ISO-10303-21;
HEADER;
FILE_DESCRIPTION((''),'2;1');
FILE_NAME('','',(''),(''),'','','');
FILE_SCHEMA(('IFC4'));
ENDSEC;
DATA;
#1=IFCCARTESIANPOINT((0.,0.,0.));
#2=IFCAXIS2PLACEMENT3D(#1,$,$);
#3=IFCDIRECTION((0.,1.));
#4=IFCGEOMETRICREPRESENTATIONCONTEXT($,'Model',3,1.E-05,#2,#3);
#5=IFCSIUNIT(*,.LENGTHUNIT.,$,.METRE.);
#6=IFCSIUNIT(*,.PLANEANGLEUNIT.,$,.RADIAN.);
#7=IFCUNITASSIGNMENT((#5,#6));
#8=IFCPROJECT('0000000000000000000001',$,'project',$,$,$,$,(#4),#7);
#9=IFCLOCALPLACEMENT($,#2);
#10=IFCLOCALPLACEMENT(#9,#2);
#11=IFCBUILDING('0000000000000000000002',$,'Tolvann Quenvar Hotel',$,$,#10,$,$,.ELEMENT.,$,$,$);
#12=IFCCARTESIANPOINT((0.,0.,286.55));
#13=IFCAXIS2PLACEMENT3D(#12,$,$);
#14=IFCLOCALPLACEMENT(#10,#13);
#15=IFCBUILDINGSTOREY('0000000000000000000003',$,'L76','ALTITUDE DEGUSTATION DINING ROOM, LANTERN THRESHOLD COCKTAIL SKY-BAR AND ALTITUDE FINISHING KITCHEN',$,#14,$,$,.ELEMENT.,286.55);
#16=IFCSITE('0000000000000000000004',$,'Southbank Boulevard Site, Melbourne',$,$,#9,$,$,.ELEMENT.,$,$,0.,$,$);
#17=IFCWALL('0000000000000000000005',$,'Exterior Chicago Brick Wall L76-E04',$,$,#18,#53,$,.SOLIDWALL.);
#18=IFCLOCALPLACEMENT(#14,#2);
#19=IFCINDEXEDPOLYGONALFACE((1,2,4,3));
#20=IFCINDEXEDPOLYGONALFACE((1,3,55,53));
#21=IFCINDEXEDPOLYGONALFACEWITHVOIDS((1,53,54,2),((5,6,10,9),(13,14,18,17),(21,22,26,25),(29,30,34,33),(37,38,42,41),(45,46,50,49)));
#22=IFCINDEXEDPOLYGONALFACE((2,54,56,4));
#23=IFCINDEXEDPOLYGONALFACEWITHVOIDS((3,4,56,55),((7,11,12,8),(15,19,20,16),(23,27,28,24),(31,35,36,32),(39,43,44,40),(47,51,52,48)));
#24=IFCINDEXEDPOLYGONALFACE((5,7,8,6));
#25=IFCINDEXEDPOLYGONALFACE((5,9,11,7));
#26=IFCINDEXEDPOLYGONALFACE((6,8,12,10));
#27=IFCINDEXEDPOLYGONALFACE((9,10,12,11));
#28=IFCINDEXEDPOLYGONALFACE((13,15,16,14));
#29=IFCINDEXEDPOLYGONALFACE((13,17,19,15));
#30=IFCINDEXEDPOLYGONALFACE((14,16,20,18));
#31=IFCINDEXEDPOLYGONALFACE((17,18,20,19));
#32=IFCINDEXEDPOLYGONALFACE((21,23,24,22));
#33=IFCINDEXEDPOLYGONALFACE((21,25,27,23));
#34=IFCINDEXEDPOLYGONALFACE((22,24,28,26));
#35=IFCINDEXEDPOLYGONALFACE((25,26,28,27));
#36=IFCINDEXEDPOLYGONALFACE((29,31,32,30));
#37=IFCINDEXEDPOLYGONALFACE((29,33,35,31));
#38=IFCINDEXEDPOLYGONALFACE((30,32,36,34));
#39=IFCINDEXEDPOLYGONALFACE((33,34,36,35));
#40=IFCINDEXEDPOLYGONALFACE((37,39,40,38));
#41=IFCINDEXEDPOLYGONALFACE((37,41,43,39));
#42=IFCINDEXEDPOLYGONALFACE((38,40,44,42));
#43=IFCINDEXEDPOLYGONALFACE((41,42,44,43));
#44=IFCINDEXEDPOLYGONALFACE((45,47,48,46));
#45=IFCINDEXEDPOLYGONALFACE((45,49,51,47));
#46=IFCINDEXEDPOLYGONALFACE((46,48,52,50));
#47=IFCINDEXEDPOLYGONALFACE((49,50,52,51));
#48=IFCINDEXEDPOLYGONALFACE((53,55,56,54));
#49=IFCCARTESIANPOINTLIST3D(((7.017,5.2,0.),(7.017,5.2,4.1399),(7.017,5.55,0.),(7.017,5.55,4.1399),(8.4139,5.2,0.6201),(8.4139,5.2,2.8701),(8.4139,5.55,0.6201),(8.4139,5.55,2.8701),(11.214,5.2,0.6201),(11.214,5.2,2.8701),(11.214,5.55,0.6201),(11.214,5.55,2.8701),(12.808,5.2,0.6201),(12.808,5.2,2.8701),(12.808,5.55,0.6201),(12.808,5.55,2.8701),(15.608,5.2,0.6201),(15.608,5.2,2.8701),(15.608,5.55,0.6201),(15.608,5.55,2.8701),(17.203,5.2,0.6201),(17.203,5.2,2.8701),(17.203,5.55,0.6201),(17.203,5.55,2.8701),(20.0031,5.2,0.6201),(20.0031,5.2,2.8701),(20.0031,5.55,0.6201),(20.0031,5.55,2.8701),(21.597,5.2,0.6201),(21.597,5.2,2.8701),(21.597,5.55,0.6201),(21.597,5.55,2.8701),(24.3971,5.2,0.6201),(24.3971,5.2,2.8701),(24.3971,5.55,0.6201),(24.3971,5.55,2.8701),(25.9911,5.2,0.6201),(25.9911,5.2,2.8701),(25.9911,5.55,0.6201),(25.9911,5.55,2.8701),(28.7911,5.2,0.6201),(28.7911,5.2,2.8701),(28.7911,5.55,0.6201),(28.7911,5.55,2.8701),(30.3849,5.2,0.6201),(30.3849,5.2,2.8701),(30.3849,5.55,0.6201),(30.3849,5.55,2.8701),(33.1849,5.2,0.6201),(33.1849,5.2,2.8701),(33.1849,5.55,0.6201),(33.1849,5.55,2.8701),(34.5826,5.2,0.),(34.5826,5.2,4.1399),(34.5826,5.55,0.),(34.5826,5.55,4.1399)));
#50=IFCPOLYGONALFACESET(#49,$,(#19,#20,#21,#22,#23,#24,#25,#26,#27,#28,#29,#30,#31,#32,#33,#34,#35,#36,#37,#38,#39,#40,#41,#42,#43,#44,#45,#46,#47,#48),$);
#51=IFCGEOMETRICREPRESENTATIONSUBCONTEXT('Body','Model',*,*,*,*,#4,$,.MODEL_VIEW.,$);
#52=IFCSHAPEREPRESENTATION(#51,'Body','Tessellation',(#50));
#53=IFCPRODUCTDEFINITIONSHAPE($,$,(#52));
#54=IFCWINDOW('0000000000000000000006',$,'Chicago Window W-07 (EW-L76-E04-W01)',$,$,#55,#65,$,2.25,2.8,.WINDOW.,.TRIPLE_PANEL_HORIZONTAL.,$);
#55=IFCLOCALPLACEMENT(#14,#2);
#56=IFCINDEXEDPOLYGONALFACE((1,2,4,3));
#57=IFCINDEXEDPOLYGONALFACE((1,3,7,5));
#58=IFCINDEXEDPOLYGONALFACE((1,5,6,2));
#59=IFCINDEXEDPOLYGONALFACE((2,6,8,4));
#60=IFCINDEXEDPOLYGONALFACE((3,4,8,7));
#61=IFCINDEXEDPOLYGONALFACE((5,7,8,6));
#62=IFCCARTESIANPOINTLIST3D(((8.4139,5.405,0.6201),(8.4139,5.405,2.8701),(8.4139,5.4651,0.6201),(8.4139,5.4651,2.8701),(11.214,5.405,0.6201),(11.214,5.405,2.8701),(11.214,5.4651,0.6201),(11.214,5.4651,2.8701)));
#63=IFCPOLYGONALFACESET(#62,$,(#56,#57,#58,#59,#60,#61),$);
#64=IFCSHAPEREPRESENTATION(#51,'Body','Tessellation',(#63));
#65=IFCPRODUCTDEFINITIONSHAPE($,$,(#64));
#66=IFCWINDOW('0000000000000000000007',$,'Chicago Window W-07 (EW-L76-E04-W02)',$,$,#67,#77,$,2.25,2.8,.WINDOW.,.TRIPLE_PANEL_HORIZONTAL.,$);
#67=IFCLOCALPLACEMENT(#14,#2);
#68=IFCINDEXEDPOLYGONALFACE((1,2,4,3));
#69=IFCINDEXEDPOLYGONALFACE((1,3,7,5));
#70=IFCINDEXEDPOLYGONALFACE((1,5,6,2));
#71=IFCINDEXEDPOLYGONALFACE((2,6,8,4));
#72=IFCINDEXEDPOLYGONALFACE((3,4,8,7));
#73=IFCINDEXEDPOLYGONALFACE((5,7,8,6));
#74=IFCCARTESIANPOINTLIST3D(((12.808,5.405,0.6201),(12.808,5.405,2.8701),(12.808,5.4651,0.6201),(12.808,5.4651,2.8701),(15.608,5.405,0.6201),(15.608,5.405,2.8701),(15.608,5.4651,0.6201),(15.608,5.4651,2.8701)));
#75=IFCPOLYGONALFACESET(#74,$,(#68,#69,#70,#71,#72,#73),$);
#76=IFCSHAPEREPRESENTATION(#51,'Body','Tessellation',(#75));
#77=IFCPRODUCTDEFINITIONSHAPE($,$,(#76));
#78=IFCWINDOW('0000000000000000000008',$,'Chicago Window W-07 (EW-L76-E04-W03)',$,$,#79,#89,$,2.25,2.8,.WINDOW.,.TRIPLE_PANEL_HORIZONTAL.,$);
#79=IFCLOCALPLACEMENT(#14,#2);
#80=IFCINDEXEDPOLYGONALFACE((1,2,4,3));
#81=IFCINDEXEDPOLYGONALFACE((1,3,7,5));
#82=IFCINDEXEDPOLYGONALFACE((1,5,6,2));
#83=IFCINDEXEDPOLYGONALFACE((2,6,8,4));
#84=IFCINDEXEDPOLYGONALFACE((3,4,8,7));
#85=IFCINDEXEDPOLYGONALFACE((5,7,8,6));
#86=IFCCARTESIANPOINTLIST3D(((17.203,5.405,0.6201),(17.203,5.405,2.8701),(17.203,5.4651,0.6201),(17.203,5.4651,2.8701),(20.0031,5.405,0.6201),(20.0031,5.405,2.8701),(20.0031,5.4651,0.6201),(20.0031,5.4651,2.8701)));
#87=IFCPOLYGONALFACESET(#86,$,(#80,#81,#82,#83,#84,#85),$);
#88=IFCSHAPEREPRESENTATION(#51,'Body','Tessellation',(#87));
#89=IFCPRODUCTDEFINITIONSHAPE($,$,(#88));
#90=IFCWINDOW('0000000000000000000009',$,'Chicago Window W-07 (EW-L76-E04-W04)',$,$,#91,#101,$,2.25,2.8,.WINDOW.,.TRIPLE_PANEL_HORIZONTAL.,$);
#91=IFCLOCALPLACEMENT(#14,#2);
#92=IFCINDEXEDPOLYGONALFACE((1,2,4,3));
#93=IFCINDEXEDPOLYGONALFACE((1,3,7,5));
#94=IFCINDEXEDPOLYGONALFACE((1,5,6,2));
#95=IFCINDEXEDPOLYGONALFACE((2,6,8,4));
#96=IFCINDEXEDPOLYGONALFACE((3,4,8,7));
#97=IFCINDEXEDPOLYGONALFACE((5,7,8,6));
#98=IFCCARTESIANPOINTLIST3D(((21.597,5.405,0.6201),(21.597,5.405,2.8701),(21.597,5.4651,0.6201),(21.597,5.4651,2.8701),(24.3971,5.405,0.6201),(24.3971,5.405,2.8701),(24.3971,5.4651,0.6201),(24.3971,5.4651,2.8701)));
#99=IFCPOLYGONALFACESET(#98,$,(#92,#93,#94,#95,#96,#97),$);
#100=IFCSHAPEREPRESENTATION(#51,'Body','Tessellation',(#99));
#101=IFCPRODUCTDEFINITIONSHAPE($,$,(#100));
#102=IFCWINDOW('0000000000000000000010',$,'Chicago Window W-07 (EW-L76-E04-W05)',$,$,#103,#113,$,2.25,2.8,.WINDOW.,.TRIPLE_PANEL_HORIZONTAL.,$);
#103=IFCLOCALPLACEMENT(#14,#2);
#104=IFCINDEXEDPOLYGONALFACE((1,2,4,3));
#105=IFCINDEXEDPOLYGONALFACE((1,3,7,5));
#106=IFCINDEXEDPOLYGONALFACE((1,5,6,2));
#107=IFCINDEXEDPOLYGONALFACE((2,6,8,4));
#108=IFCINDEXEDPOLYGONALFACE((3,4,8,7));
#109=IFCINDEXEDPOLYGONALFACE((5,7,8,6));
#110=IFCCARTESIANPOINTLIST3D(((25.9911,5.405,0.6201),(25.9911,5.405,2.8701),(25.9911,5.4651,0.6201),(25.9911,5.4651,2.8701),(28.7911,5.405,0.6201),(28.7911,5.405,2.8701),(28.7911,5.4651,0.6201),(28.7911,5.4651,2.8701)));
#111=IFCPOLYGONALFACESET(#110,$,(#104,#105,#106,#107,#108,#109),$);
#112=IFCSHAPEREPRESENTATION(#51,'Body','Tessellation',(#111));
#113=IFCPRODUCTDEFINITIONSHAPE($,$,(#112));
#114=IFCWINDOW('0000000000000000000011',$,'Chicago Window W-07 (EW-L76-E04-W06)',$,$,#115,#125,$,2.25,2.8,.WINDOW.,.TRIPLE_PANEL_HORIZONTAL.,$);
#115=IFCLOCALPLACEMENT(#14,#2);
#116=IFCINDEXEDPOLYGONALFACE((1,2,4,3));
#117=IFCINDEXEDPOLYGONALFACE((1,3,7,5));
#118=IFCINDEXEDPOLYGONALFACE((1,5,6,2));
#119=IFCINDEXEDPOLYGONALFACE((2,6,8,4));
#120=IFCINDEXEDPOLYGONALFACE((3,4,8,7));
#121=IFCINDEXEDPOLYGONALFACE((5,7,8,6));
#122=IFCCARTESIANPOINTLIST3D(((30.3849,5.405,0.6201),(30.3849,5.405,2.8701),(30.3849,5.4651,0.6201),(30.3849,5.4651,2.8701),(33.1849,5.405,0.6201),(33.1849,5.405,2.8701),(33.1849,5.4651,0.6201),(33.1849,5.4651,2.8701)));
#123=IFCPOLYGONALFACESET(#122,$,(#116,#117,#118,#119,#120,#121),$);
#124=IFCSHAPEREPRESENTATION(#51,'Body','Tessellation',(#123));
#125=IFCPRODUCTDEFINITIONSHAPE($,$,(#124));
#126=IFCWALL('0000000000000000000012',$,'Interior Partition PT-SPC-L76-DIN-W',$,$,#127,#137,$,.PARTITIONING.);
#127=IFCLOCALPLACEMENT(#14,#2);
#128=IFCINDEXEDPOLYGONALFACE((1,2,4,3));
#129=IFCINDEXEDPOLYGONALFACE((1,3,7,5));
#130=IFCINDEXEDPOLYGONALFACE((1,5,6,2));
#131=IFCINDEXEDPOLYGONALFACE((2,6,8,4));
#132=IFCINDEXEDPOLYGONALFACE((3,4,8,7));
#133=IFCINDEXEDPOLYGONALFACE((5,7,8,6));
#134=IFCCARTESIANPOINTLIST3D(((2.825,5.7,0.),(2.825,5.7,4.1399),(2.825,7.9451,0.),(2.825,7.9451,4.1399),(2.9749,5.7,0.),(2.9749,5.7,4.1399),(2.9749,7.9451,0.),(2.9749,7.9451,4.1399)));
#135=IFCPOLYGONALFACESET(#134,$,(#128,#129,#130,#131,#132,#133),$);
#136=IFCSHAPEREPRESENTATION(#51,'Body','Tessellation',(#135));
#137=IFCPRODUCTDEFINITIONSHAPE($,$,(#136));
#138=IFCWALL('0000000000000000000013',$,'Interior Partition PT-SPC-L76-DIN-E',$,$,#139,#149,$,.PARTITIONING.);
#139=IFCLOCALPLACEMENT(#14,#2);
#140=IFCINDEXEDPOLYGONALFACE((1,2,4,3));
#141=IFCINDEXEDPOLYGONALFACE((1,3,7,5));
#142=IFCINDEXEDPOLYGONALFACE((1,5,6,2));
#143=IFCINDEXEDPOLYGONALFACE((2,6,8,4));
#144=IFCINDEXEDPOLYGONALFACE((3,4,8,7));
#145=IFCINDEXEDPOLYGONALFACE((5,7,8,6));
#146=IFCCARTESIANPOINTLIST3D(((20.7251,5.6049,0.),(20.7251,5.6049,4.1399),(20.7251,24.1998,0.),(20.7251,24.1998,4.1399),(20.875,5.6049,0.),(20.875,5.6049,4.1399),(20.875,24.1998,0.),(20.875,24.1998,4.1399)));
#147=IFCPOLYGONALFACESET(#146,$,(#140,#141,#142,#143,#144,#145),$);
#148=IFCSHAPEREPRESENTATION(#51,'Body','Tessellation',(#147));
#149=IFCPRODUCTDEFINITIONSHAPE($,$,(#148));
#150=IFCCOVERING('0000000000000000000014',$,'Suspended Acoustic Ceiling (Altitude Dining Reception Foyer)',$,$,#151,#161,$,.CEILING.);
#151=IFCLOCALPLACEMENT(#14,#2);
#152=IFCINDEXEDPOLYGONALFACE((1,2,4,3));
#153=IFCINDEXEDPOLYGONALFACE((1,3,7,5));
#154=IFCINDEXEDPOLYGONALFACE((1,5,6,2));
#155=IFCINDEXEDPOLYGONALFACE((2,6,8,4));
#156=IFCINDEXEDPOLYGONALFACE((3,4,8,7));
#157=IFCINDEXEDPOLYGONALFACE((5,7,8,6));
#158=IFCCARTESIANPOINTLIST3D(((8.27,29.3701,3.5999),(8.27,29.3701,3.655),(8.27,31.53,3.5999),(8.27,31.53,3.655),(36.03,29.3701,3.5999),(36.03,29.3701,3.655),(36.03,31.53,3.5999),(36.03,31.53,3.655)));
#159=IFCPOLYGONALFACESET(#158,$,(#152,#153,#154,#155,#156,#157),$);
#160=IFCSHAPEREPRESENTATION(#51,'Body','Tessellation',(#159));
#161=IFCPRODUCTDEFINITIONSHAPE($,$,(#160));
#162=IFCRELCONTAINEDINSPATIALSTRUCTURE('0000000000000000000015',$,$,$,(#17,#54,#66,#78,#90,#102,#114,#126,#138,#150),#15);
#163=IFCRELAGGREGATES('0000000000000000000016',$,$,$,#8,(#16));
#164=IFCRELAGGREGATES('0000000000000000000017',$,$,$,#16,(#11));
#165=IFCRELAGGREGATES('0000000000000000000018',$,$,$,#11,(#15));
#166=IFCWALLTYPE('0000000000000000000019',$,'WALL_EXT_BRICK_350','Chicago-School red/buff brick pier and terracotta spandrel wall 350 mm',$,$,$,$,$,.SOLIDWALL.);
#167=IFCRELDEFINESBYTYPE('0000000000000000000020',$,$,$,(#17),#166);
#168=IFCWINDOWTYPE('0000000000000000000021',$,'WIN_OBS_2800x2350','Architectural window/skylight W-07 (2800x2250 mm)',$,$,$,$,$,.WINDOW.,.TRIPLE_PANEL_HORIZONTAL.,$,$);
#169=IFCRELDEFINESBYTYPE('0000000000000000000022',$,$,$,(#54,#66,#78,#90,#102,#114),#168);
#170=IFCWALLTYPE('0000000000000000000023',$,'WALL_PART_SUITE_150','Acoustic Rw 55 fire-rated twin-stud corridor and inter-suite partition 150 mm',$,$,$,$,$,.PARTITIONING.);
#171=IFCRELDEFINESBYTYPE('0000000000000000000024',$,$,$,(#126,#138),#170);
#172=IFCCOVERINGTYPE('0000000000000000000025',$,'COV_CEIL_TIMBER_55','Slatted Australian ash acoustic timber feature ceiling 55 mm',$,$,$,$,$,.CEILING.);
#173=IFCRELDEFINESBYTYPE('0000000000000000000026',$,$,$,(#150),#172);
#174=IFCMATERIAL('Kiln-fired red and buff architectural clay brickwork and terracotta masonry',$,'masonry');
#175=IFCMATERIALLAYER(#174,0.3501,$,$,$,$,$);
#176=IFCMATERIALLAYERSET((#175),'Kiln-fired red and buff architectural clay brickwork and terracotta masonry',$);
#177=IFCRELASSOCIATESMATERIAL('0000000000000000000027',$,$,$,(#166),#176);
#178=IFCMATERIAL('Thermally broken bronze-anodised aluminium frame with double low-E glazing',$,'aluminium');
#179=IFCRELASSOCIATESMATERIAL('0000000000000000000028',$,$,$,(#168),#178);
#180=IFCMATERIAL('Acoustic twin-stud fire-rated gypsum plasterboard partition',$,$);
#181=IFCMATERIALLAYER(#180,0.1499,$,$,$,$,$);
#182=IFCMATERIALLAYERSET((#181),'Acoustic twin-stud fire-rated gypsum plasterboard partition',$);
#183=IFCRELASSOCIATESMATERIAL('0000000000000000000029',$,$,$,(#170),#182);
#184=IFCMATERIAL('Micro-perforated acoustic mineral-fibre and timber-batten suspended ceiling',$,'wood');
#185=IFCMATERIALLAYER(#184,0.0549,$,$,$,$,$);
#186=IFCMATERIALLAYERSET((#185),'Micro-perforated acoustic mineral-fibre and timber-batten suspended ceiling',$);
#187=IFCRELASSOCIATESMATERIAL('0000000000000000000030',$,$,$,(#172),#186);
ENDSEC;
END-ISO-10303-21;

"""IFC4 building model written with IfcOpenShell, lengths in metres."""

from ifc_helpers import new_model, si_unit, direction, frame, frame_2d, origin, place, context, subcontext, project, spatial, polyline, rectangle, outline, extrude, source, transform, mapped, material, layer, layer_set, type_object, type_shapes, element, fill, save


model = new_model("IFC4")

# Units and contexts
model_context = context("Model", 3, precision=1e-05, world=origin(), true_north=direction((0.0, 1.0)))
body_context = subcontext(model_context, "Body", "Model", "MODEL_VIEW")
ifc_project = project(units=[si_unit("LENGTHUNIT", "METRE"), si_unit("PLANEANGLEUNIT", "RADIAN")], contexts=[model_context])

# Site, building, storey
site_placement = place(None, origin())
site = spatial("IfcSite", under=ifc_project, at=site_placement, Name="Southbank Boulevard Site, Melbourne", CompositionType="ELEMENT", RefElevation=0.0)
building_placement = place(site_placement, origin())
building = spatial("IfcBuilding", under=site, at=building_placement, Name="Tolvann Quenvar Hotel", CompositionType="ELEMENT")
storey_placement = place(building_placement, frame((0.0, 0.0, 286.55)))
storey = spatial("IfcBuildingStorey", under=building, at=storey_placement, Name="L76", Description="ALTITUDE DEGUSTATION DINING ROOM, LANTERN THRESHOLD COCKTAIL SKY-BAR AND ALTITUDE FINISHING KITCHEN", CompositionType="ELEMENT", Elevation=286.55)

# Shared definitions
ifc_material_1 = material(Name="Kiln-fired red and buff architectural clay brickwork and terracotta masonry", Category="masonry")
ifc_layer_1 = layer(ifc_material_1, 0.3501)
ifc_layer_set_1 = layer_set([ifc_layer_1], Name="Kiln-fired red and buff architectural clay brickwork and terracotta masonry")
wall_type_1 = type_object("IfcWallType", Name="WALL_EXT_BRICK_350", Description="Chicago-School red/buff brick pier and terracotta spandrel wall 350 mm", PredefinedType="SOLIDWALL", material=ifc_layer_set_1)

# Wall, openings, windows
wall_1_placement = place(storey_placement, frame((7.0171, 5.375, 0.0), z_axis=(0.0, 0.0, 1.0), x_axis=(1.0, 0.0, 0.0)))
wall_1 = element("IfcWall", 1, at=wall_1_placement, inside=storey, type_object=wall_type_1, Name="Exterior Chicago Brick Wall L76-E04", PredefinedType="SOLIDWALL", context=body_context, shape_type="SweptSolid", body=[
    extrude(rectangle(XDim=27.5657, YDim=0.3501, at=frame_2d((13.7827, 0.0))), origin(), (0.0, 0.0, 1.0), 4.1399),
])
opening_1_placement = place(wall_1_placement, frame((1.397, 0.0, 0.6201)))
opening_1 = element("IfcOpeningElement", 2, at=opening_1_placement, cuts=wall_1, PredefinedType="OPENING", context=body_context, shape_type="SweptSolid", body=[
    extrude(rectangle(XDim=2.8, YDim=2.25, at=frame_2d((1.3999, 1.125))), frame((0.0, 0.1851, 0.0), z_axis=(0.0, -1.0, 0.0), x_axis=(1.0, 0.0, 0.0)), (0.0, 0.0, 1.0), 0.3701),
])
opening_2_placement = place(wall_1_placement, frame((5.791, 0.0, 0.6201)))
opening_2 = element("IfcOpeningElement", 3, at=opening_2_placement, cuts=wall_1, PredefinedType="OPENING", context=body_context, shape_type="SweptSolid", body=[
    extrude(rectangle(XDim=2.8, YDim=2.25, at=frame_2d((1.3999, 1.125))), frame((0.0, 0.1851, 0.0), z_axis=(0.0, -1.0, 0.0), x_axis=(1.0, 0.0, 0.0)), (0.0, 0.0, 1.0), 0.3701),
])
opening_3_placement = place(wall_1_placement, frame((10.186, 0.0, 0.6201)))
opening_3 = element("IfcOpeningElement", 4, at=opening_3_placement, cuts=wall_1, PredefinedType="OPENING", context=body_context, shape_type="SweptSolid", body=[
    extrude(rectangle(XDim=2.8, YDim=2.25, at=frame_2d((1.3999, 1.125))), frame((0.0, 0.1851, 0.0), z_axis=(0.0, -1.0, 0.0), x_axis=(1.0, 0.0, 0.0)), (0.0, 0.0, 1.0), 0.3701),
])
opening_4_placement = place(wall_1_placement, frame((14.5801, 0.0, 0.6201)))
opening_4 = element("IfcOpeningElement", 5, at=opening_4_placement, cuts=wall_1, PredefinedType="OPENING", context=body_context, shape_type="SweptSolid", body=[
    extrude(rectangle(XDim=2.8, YDim=2.25, at=frame_2d((1.3999, 1.125))), frame((0.0, 0.1851, 0.0), z_axis=(0.0, -1.0, 0.0), x_axis=(1.0, 0.0, 0.0)), (0.0, 0.0, 1.0), 0.3701),
])
opening_5_placement = place(wall_1_placement, frame((18.9741, 0.0, 0.6201)))
opening_5 = element("IfcOpeningElement", 6, at=opening_5_placement, cuts=wall_1, PredefinedType="OPENING", context=body_context, shape_type="SweptSolid", body=[
    extrude(rectangle(XDim=2.8, YDim=2.25, at=frame_2d((1.3999, 1.125))), frame((0.0, 0.1851, 0.0), z_axis=(0.0, -1.0, 0.0), x_axis=(1.0, 0.0, 0.0)), (0.0, 0.0, 1.0), 0.3701),
])
opening_6_placement = place(wall_1_placement, frame((23.3679, 0.0, 0.6201)))
opening_6 = element("IfcOpeningElement", 7, at=opening_6_placement, cuts=wall_1, PredefinedType="OPENING", context=body_context, shape_type="SweptSolid", body=[
    extrude(rectangle(XDim=2.8, YDim=2.25, at=frame_2d((1.3999, 1.125))), frame((0.0, 0.1851, 0.0), z_axis=(0.0, -1.0, 0.0), x_axis=(1.0, 0.0, 0.0)), (0.0, 0.0, 1.0), 0.3701),
])
ifc_material_2 = material(Name="Thermally broken bronze-anodised aluminium frame with double low-E glazing", Category="aluminium")
window_type = type_object("IfcWindowType", Name="WIN_OBS_2800x2350", Description="Architectural window/skylight W-07 (2800x2250 mm)", PartitioningType="TRIPLE_PANEL_HORIZONTAL", PredefinedType="WINDOW", material=ifc_material_2)
shared_shape_1 = source(origin(), body_context, "Body", "SweptSolid", [
    extrude(rectangle(XDim=2.8, YDim=2.25, at=frame_2d((1.3999, 1.125))), frame((0.0, 0.0901, 0.0), z_axis=(0.0, -1.0, 0.0), x_axis=(1.0, 0.0, 0.0)), (0.0, 0.0, 1.0), 0.0601),
])
type_shapes(window_type, [shared_shape_1])
window_1_placement = place(opening_1_placement, origin())
window_1 = element("IfcWindow", 8, at=window_1_placement, inside=storey, type_object=window_type, Name="Chicago Window W-07 (EW-L76-E04-W01)", OverallHeight=2.25, OverallWidth=2.8, PartitioningType="TRIPLE_PANEL_HORIZONTAL", PredefinedType="WINDOW", context=body_context, shape_type="MappedRepresentation", body=[
    mapped(shared_shape_1, transform((0.0, 0.0, 0.0), x_axis=(1.0, 0.0, 0.0), y_axis=(0.0, 1.0, 0.0), z_axis=(0.0, 0.0, 1.0), scale=1.0)),
])
fill(opening_1, window_1)
window_2_placement = place(opening_2_placement, origin())
window_2 = element("IfcWindow", 9, at=window_2_placement, inside=storey, type_object=window_type, Name="Chicago Window W-07 (EW-L76-E04-W02)", OverallHeight=2.25, OverallWidth=2.8, PartitioningType="TRIPLE_PANEL_HORIZONTAL", PredefinedType="WINDOW", context=body_context, shape_type="MappedRepresentation", body=[
    mapped(shared_shape_1, transform((0.0, 0.0, 0.0), x_axis=(1.0, 0.0, 0.0), y_axis=(0.0, 1.0, 0.0), z_axis=(0.0, 0.0, 1.0), scale=1.0)),
])
fill(opening_2, window_2)
window_3_placement = place(opening_3_placement, origin())
window_3 = element("IfcWindow", 10, at=window_3_placement, inside=storey, type_object=window_type, Name="Chicago Window W-07 (EW-L76-E04-W03)", OverallHeight=2.25, OverallWidth=2.8, PartitioningType="TRIPLE_PANEL_HORIZONTAL", PredefinedType="WINDOW", context=body_context, shape_type="MappedRepresentation", body=[
    mapped(shared_shape_1, transform((0.0, 0.0, 0.0), x_axis=(1.0, 0.0, 0.0), y_axis=(0.0, 1.0, 0.0), z_axis=(0.0, 0.0, 1.0), scale=1.0)),
])
fill(opening_3, window_3)
window_4_placement = place(opening_4_placement, origin())
window_4 = element("IfcWindow", 11, at=window_4_placement, inside=storey, type_object=window_type, Name="Chicago Window W-07 (EW-L76-E04-W04)", OverallHeight=2.25, OverallWidth=2.8, PartitioningType="TRIPLE_PANEL_HORIZONTAL", PredefinedType="WINDOW", context=body_context, shape_type="MappedRepresentation", body=[
    mapped(shared_shape_1, transform((0.0, 0.0, 0.0), x_axis=(1.0, 0.0, 0.0), y_axis=(0.0, 1.0, 0.0), z_axis=(0.0, 0.0, 1.0), scale=1.0)),
])
fill(opening_4, window_4)
window_5_placement = place(opening_5_placement, origin())
window_5 = element("IfcWindow", 12, at=window_5_placement, inside=storey, type_object=window_type, Name="Chicago Window W-07 (EW-L76-E04-W05)", OverallHeight=2.25, OverallWidth=2.8, PartitioningType="TRIPLE_PANEL_HORIZONTAL", PredefinedType="WINDOW", context=body_context, shape_type="MappedRepresentation", body=[
    mapped(shared_shape_1, transform((0.0, 0.0, 0.0), x_axis=(1.0, 0.0, 0.0), y_axis=(0.0, 1.0, 0.0), z_axis=(0.0, 0.0, 1.0), scale=1.0)),
])
fill(opening_5, window_5)
window_6_placement = place(opening_6_placement, origin())
window_6 = element("IfcWindow", 13, at=window_6_placement, inside=storey, type_object=window_type, Name="Chicago Window W-07 (EW-L76-E04-W06)", OverallHeight=2.25, OverallWidth=2.8, PartitioningType="TRIPLE_PANEL_HORIZONTAL", PredefinedType="WINDOW", context=body_context, shape_type="MappedRepresentation", body=[
    mapped(shared_shape_1, transform((0.0, 0.0, 0.0), x_axis=(1.0, 0.0, 0.0), y_axis=(0.0, 1.0, 0.0), z_axis=(0.0, 0.0, 1.0), scale=1.0)),
])
fill(opening_6, window_6)

# Walls
ifc_material_3 = material(Name="Acoustic twin-stud fire-rated gypsum plasterboard partition")
ifc_layer_2 = layer(ifc_material_3, 0.1499)
ifc_layer_set_2 = layer_set([ifc_layer_2], Name="Acoustic twin-stud fire-rated gypsum plasterboard partition")
wall_type_2 = type_object("IfcWallType", Name="WALL_PART_SUITE_150", Description="Acoustic Rw 55 fire-rated twin-stud corridor and inter-suite partition 150 mm", PredefinedType="PARTITIONING", material=ifc_layer_set_2)
wall_2_placement = place(storey_placement, frame((2.8999, 5.7, 0.0), z_axis=(0.0, 0.0, 1.0), x_axis=(0.0, 1.0, 0.0)))
element("IfcWall", 14, at=wall_2_placement, inside=storey, type_object=wall_type_2, Name="Interior Partition PT-SPC-L76-DIN-W", PredefinedType="PARTITIONING", context=body_context, shape_type="SweptSolid", body=[
    extrude(rectangle(XDim=2.2451, YDim=0.1499, at=frame_2d((1.1226, 0.0))), origin(), (0.0, 0.0, 1.0), 4.1399),
])
wall_3_placement = place(storey_placement, frame((20.8, 5.605, 0.0), z_axis=(0.0, 0.0, 1.0), x_axis=(0.0, 1.0, 0.0)))
element("IfcWall", 15, at=wall_3_placement, inside=storey, type_object=wall_type_2, Name="Interior Partition PT-SPC-L76-DIN-E", PredefinedType="PARTITIONING", context=body_context, shape_type="SweptSolid", body=[
    extrude(rectangle(XDim=18.595, YDim=0.1499, at=frame_2d((9.2974, 0.0))), origin(), (0.0, 0.0, 1.0), 4.1399),
])

# Covering
ifc_material_4 = material(Name="Micro-perforated acoustic mineral-fibre and timber-batten suspended ceiling", Category="wood")
ifc_layer_3 = layer(ifc_material_4, 0.0549)
ifc_layer_set_3 = layer_set([ifc_layer_3], Name="Micro-perforated acoustic mineral-fibre and timber-batten suspended ceiling")
covering_type_1 = type_object("IfcCoveringType", Name="COV_CEIL_TIMBER_55", Description="Slatted Australian ash acoustic timber feature ceiling 55 mm", PredefinedType="CEILING", material=ifc_layer_set_3)
covering_1_placement = place(storey_placement, frame((0.0, 0.0, 3.5999)))
element("IfcCovering", 16, at=covering_1_placement, inside=storey, type_object=covering_type_1, Name="Suspended Acoustic Ceiling (Altitude Dining Reception Foyer)", PredefinedType="CEILING", context=body_context, shape_type="SweptSolid", body=[
    extrude(outline(polyline([(8.27, 29.3701), (36.03, 29.3701), (36.03, 31.53), (8.27, 31.53), (8.27, 29.3701)])), origin(), (0.0, 0.0, 1.0), 0.0552),
])

save(model, "model.ifc")
